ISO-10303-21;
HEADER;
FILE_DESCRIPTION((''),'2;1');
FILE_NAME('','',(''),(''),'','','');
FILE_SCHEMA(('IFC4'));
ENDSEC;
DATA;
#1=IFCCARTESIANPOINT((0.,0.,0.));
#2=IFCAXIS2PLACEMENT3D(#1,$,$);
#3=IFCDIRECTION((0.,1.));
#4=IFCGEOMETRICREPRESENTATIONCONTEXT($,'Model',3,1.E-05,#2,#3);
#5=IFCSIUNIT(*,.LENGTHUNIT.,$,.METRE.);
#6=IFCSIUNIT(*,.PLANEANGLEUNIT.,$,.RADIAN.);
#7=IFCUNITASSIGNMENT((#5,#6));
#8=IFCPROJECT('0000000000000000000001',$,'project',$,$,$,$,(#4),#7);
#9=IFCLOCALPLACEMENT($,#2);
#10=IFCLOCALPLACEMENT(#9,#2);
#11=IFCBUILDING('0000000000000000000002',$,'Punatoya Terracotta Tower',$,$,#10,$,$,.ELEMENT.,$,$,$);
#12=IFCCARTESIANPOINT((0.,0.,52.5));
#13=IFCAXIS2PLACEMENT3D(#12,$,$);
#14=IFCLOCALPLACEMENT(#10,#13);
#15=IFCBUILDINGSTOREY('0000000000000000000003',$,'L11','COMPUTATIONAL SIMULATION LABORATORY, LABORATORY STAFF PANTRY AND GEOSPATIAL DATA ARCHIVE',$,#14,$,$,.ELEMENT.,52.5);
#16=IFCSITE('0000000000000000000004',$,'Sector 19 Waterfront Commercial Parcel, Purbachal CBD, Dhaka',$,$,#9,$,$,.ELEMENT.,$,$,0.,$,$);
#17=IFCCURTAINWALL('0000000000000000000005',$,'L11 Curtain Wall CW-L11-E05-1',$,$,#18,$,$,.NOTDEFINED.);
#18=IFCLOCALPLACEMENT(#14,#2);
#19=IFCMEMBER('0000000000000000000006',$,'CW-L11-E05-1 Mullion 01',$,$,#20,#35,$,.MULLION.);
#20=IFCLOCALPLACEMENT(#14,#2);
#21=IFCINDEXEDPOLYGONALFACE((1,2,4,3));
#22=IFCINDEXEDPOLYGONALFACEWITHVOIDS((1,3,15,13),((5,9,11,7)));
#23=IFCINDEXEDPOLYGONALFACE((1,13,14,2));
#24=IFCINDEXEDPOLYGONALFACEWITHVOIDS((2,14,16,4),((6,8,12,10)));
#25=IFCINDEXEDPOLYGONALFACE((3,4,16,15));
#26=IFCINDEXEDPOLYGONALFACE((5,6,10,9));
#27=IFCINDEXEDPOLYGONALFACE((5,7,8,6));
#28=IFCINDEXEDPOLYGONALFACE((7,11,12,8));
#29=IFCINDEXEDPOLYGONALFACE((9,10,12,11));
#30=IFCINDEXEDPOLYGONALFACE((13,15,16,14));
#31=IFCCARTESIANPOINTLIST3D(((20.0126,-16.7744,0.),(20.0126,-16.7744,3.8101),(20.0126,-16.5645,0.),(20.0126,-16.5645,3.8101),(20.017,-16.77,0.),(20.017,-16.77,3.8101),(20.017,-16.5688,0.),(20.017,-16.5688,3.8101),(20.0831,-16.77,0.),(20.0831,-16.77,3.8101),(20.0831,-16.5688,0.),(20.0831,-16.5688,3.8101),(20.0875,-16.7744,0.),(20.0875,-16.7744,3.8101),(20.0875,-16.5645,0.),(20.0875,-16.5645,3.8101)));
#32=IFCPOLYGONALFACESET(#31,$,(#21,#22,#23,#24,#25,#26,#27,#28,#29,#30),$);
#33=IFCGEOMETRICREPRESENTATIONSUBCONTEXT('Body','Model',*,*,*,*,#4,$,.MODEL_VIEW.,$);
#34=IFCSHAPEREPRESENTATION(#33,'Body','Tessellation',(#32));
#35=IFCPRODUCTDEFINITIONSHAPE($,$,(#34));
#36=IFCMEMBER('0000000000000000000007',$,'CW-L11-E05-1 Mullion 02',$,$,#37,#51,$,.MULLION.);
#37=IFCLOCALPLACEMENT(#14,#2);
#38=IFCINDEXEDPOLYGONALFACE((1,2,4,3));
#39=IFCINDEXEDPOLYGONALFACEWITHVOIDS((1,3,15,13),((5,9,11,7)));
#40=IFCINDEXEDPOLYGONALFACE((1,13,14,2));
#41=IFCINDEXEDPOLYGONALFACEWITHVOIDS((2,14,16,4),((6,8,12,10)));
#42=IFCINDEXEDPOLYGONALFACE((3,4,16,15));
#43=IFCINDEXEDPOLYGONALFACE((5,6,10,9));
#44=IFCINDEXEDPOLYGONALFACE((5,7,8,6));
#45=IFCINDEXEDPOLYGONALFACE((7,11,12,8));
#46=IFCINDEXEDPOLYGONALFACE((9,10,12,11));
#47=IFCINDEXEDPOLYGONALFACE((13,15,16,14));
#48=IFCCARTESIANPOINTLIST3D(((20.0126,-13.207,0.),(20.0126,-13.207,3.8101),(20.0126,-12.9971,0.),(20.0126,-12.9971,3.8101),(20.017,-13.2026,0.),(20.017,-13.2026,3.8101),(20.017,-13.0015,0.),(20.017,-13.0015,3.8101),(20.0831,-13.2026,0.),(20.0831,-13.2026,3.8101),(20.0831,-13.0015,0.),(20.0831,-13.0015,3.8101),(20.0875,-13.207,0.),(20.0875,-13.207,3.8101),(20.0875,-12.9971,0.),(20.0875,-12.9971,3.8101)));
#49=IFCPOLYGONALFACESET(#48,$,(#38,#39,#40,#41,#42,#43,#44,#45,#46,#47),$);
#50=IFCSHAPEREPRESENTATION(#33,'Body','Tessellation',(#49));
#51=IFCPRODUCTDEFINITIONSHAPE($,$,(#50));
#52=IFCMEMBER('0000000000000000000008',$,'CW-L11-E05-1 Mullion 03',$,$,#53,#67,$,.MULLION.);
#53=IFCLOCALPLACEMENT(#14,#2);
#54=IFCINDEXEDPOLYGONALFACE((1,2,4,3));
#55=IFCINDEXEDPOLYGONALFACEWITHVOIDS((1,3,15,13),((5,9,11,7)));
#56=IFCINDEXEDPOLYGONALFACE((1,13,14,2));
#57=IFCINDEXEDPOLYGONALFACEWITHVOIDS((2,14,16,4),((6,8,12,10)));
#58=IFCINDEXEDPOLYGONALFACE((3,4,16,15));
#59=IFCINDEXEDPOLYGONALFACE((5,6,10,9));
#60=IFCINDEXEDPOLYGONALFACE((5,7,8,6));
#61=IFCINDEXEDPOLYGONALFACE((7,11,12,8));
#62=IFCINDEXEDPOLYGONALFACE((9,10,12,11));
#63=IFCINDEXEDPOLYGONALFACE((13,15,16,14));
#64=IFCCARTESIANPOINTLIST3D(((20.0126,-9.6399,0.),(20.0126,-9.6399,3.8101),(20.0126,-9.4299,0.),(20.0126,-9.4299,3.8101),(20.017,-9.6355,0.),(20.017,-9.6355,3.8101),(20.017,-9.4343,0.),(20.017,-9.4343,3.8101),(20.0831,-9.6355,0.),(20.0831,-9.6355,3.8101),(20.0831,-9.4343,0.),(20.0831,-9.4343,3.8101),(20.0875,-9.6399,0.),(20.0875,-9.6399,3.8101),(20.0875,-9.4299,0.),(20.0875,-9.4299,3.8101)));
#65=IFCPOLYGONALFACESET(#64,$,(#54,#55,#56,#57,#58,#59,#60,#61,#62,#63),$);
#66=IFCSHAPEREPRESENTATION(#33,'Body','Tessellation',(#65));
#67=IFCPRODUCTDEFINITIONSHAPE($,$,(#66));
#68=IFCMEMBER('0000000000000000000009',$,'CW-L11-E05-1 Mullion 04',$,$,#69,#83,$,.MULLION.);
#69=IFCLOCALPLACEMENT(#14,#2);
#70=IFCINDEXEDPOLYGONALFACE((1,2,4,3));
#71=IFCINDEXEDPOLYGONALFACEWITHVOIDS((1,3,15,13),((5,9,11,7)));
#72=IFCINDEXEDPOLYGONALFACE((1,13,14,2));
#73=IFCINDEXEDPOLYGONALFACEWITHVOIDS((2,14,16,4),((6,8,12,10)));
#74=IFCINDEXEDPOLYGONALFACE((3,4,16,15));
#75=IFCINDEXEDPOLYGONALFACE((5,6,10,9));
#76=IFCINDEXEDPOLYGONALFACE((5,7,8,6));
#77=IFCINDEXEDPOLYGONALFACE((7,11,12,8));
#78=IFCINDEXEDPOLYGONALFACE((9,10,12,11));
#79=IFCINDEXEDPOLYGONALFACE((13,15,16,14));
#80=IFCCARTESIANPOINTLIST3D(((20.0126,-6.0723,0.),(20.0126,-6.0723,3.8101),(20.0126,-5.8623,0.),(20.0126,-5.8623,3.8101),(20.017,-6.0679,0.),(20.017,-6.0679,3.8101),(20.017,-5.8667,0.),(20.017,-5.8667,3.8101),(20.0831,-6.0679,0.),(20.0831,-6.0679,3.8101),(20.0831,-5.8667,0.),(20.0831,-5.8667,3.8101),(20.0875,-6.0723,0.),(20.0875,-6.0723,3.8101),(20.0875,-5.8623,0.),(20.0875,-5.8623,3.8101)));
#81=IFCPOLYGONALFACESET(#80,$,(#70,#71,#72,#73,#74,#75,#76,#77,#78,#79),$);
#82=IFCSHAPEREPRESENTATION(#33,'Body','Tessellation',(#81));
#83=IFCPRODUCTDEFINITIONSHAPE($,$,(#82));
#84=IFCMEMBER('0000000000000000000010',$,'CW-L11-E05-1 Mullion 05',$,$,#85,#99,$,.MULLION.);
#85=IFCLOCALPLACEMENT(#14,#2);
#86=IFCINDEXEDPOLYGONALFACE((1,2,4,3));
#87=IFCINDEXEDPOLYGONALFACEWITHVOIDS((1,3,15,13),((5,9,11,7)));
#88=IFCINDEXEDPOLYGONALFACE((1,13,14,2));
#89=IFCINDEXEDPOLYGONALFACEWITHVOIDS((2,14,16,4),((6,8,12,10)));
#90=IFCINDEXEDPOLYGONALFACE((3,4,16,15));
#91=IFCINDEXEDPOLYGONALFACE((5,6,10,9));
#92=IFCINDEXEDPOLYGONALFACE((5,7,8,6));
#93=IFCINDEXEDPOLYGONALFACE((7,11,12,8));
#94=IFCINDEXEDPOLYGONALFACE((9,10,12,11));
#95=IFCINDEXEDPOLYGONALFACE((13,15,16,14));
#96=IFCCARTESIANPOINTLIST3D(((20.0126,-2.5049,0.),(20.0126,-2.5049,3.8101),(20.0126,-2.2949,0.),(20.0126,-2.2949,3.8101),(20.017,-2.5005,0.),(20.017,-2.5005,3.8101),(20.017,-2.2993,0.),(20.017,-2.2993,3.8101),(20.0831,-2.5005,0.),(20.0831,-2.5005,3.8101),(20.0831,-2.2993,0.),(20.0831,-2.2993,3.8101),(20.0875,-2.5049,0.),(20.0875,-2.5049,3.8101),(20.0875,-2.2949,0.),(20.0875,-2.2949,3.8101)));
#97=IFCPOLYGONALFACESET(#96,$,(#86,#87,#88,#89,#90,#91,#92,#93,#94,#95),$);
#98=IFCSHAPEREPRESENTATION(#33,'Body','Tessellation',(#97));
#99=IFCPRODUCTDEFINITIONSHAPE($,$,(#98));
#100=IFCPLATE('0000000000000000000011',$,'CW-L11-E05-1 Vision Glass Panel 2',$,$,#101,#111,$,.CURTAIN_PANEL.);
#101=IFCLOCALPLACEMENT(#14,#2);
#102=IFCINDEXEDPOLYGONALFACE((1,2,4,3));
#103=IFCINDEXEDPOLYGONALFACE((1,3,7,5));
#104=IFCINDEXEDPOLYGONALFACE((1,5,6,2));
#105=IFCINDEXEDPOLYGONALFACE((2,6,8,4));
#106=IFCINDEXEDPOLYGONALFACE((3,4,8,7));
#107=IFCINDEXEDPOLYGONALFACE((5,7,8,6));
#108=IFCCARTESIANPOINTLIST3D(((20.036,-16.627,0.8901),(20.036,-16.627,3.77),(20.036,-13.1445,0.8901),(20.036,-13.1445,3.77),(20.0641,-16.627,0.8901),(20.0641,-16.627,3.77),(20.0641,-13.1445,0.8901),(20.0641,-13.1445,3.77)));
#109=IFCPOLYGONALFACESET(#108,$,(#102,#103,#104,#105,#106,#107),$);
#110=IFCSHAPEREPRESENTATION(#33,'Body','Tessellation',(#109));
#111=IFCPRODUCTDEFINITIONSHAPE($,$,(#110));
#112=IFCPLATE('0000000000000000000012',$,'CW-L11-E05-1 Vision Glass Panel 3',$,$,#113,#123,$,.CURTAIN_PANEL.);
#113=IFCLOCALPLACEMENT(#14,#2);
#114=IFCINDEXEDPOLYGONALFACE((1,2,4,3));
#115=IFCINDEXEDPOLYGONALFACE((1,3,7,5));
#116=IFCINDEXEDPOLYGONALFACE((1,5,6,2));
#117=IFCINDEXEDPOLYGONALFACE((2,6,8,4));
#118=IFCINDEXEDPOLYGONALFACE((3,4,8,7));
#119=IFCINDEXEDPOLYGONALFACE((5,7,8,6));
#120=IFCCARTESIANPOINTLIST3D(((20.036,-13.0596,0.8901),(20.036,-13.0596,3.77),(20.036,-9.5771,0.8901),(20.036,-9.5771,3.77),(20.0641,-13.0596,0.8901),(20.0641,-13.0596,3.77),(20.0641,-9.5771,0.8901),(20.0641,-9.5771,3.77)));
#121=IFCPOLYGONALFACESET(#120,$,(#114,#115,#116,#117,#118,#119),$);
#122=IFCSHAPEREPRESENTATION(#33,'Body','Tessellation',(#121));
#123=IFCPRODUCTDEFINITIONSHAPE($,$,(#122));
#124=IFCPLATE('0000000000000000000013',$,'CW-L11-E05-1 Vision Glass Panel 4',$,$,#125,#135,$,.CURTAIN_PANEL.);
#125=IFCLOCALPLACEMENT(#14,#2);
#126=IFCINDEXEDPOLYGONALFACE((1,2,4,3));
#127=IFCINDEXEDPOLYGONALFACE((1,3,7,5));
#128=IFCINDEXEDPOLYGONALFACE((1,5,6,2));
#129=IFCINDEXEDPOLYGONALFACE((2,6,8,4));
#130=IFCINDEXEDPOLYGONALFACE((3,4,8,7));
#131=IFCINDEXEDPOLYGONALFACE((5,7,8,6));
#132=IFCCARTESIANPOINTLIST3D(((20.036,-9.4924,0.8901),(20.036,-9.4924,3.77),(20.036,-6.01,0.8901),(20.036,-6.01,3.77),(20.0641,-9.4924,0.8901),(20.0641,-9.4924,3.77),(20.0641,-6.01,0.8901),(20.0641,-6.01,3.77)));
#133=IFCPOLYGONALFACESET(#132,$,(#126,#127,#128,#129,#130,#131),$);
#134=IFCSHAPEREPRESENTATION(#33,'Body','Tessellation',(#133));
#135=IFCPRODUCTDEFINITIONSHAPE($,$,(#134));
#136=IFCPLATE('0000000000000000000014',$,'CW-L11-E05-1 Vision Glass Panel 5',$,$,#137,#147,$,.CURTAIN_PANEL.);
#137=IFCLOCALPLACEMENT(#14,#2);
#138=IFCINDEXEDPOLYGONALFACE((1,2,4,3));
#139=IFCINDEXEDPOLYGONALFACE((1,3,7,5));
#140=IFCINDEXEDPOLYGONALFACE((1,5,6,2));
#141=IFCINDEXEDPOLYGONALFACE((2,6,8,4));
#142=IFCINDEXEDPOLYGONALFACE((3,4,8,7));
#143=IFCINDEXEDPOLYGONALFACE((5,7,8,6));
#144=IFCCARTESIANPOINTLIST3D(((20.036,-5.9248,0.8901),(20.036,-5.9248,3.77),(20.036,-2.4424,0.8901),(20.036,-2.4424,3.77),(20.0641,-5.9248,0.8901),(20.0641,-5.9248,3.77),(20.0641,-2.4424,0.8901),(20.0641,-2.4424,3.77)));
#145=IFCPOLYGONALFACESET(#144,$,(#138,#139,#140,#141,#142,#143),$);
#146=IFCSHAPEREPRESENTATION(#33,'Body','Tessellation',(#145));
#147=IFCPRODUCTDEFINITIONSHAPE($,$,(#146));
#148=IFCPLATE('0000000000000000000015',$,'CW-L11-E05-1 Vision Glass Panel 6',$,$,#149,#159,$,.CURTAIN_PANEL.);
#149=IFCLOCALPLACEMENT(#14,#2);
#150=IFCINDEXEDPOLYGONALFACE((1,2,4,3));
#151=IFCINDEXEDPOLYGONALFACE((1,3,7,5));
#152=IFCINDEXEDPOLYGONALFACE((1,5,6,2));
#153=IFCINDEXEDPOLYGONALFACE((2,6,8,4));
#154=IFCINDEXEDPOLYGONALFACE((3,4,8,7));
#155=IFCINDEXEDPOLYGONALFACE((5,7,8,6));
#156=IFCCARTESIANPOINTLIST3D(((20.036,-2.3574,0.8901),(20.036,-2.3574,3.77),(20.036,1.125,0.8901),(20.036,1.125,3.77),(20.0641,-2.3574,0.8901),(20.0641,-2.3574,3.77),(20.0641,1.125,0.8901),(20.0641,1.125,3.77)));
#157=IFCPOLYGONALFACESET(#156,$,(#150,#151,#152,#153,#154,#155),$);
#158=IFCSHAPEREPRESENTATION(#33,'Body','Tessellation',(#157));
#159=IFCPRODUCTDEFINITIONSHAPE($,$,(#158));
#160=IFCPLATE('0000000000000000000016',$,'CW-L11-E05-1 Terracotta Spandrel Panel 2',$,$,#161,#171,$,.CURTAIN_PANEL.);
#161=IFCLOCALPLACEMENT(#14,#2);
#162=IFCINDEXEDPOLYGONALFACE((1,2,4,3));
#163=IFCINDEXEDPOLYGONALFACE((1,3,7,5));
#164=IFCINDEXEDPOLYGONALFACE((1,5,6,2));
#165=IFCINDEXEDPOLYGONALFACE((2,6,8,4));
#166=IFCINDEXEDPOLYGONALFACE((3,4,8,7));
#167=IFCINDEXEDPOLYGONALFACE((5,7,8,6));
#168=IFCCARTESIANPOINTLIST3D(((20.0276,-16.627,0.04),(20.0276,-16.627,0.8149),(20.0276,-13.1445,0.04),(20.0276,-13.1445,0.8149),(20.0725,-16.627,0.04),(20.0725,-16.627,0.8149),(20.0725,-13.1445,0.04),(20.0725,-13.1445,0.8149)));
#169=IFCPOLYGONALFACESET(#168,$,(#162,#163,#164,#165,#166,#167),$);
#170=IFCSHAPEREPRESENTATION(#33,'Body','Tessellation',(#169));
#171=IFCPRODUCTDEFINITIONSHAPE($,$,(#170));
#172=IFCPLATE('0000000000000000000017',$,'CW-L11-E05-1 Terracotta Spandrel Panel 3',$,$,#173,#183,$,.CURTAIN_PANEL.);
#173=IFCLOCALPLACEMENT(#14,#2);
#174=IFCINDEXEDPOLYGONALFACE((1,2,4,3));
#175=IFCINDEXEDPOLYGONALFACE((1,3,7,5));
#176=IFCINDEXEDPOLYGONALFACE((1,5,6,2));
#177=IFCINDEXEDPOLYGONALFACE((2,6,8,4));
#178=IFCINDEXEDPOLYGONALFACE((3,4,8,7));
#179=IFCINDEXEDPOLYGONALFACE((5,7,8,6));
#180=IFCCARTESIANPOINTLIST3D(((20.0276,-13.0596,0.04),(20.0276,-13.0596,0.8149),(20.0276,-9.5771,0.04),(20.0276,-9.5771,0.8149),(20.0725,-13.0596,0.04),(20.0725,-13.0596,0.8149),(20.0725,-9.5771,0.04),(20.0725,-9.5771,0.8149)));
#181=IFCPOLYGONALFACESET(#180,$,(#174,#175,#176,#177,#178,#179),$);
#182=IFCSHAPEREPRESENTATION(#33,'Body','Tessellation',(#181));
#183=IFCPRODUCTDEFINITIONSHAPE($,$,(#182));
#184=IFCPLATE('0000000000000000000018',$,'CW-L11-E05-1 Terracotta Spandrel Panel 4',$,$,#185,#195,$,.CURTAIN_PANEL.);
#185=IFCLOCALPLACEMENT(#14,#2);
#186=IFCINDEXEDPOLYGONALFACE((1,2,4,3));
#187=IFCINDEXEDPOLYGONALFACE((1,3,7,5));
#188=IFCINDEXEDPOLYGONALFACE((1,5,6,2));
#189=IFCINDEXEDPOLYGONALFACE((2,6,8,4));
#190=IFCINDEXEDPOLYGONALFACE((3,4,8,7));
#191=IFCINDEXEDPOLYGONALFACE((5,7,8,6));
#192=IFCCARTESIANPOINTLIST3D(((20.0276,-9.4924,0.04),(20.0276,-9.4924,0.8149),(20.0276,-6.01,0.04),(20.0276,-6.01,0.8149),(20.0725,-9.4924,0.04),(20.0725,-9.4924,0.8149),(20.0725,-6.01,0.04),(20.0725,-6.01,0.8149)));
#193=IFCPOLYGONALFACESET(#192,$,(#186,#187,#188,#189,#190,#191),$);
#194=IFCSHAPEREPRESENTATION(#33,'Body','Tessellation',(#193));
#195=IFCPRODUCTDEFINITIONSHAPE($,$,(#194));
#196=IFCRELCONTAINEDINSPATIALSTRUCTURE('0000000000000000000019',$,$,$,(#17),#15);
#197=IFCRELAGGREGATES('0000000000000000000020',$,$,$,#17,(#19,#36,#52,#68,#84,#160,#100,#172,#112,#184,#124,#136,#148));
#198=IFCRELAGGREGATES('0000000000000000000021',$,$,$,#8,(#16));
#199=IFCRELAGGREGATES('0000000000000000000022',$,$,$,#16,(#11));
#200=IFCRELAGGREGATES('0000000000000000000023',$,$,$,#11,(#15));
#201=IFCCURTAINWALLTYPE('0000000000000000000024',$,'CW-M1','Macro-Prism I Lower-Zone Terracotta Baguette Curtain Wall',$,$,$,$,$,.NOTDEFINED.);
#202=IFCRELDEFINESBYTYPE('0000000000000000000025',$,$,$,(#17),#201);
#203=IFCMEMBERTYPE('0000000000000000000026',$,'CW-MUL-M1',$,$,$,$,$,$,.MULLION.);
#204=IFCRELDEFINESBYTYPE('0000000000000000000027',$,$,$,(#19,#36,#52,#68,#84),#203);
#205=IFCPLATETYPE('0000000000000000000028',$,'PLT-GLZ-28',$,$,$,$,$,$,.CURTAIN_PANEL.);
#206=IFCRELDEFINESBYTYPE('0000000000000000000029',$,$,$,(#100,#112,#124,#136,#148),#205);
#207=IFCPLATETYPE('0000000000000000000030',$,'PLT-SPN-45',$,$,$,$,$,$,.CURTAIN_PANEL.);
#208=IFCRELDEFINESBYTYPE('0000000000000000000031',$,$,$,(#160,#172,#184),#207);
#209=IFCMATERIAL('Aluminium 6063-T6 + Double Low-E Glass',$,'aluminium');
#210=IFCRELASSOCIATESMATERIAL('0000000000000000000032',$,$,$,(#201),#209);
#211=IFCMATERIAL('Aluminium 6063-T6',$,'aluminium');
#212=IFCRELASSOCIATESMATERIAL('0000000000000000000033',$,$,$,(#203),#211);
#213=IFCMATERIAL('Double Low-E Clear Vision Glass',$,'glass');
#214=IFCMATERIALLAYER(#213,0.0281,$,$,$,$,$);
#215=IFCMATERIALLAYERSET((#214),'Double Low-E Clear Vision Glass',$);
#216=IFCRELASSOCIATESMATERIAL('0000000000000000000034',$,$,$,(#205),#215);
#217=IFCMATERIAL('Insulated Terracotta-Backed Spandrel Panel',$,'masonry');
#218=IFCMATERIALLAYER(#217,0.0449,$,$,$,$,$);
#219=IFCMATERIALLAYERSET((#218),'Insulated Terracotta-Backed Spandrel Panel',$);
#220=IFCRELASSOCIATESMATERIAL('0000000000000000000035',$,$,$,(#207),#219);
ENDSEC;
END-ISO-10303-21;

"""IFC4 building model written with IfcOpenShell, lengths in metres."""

from ifc_helpers import new_model, si_unit, direction, frame, origin, origin_2d, place, context, subcontext, project, spatial, rectangle, hollow_rectangle, extrude, material, layer, layer_set, material_profile, profile_set, type_object, element, aggregate, save


model = new_model("IFC4")

# Units and contexts
model_context = context("Model", 3, precision=1e-05, world=origin(), true_north=direction((0.0, 1.0)))
body_context = subcontext(model_context, "Body", "Model", "MODEL_VIEW")
ifc_project = project(units=[si_unit("LENGTHUNIT", "METRE"), si_unit("PLANEANGLEUNIT", "RADIAN")], contexts=[model_context])

# Site, building, storey
site_placement = place(None, origin())
site = spatial("IfcSite", under=ifc_project, at=site_placement, Name="Sector 19 Waterfront Commercial Parcel, Purbachal CBD, Dhaka", CompositionType="ELEMENT", RefElevation=0.0)
building_placement = place(site_placement, origin())
building = spatial("IfcBuilding", under=site, at=building_placement, Name="Punatoya Terracotta Tower", CompositionType="ELEMENT")
storey_placement = place(building_placement, frame((0.0, 0.0, 52.5)))
storey = spatial("IfcBuildingStorey", under=building, at=storey_placement, Name="L11", Description="COMPUTATIONAL SIMULATION LABORATORY, LABORATORY STAFF PANTRY AND GEOSPATIAL DATA ARCHIVE", CompositionType="ELEMENT", Elevation=52.5)

# Curtain wall, members, plates
ifc_material_1 = material(Name="Aluminium 6063-T6 + Double Low-E Glass", Category="aluminium")
curtain_wall_type = type_object("IfcCurtainWallType", Name="CW-M1", Description="Macro-Prism I Lower-Zone Terracotta Baguette Curtain Wall", PredefinedType="NOTDEFINED", material=ifc_material_1)
curtain_wall_placement = place(storey_placement, origin())
curtain_wall = element("IfcCurtainWall", 1, at=curtain_wall_placement, inside=storey, type_object=curtain_wall_type, Name="L11 Curtain Wall CW-L11-E05-1", PredefinedType="NOTDEFINED")
ifc_material_2 = material(Name="Aluminium 6063-T6", Category="aluminium")
ifc_material_profile_1 = material_profile(ifc_material_2, hollow_rectangle(XDim=0.075, YDim=0.21, WallThickness=0.0044, at=origin_2d()))
ifc_profile_set_1 = profile_set([ifc_material_profile_1], Name="Aluminium 6063-T6")
member_type = type_object("IfcMemberType", Name="CW-MUL-M1", PredefinedType="MULLION", material=ifc_profile_set_1)
member_1_placement = place(storey_placement, frame((20.05, -16.6694, 0.0), z_axis=(0.0, 0.0, 1.0), x_axis=(1.0, 0.0, 0.0)))
member_1 = element("IfcMember", 2, at=member_1_placement, type_object=member_type, Name="CW-L11-E05-1 Mullion 01", PredefinedType="MULLION", context=body_context, shape_type="SweptSolid", body=[
    extrude(hollow_rectangle(XDim=0.075, YDim=0.21, WallThickness=0.0044, at=origin_2d()), origin(), (0.0, 0.0, 1.0), 3.8101),
])
member_2_placement = place(storey_placement, frame((20.05, -13.1021, 0.0), z_axis=(0.0, 0.0, 1.0), x_axis=(1.0, 0.0, 0.0)))
member_2 = element("IfcMember", 3, at=member_2_placement, type_object=member_type, Name="CW-L11-E05-1 Mullion 02", PredefinedType="MULLION", context=body_context, shape_type="SweptSolid", body=[
    extrude(hollow_rectangle(XDim=0.075, YDim=0.21, WallThickness=0.0044, at=origin_2d()), origin(), (0.0, 0.0, 1.0), 3.8101),
])
member_3_placement = place(storey_placement, frame((20.05, -9.5349, 0.0), z_axis=(0.0, 0.0, 1.0), x_axis=(1.0, 0.0, 0.0)))
member_3 = element("IfcMember", 4, at=member_3_placement, type_object=member_type, Name="CW-L11-E05-1 Mullion 03", PredefinedType="MULLION", context=body_context, shape_type="SweptSolid", body=[
    extrude(hollow_rectangle(XDim=0.075, YDim=0.21, WallThickness=0.0044, at=origin_2d()), origin(), (0.0, 0.0, 1.0), 3.8101),
])
member_4_placement = place(storey_placement, frame((20.05, -5.9673, 0.0), z_axis=(0.0, 0.0, 1.0), x_axis=(1.0, 0.0, 0.0)))
member_4 = element("IfcMember", 5, at=member_4_placement, type_object=member_type, Name="CW-L11-E05-1 Mullion 04", PredefinedType="MULLION", context=body_context, shape_type="SweptSolid", body=[
    extrude(hollow_rectangle(XDim=0.075, YDim=0.21, WallThickness=0.0044, at=origin_2d()), origin(), (0.0, 0.0, 1.0), 3.8101),
])
member_5_placement = place(storey_placement, frame((20.05, -2.3999, 0.0), z_axis=(0.0, 0.0, 1.0), x_axis=(1.0, 0.0, 0.0)))
member_5 = element("IfcMember", 6, at=member_5_placement, type_object=member_type, Name="CW-L11-E05-1 Mullion 05", PredefinedType="MULLION", context=body_context, shape_type="SweptSolid", body=[
    extrude(hollow_rectangle(XDim=0.075, YDim=0.21, WallThickness=0.0044, at=origin_2d()), origin(), (0.0, 0.0, 1.0), 3.8101),
])
ifc_material_3 = material(Name="Double Low-E Clear Vision Glass", Category="glass")
ifc_layer_1 = layer(ifc_material_3, 0.0281)
ifc_layer_set_1 = layer_set([ifc_layer_1], Name="Double Low-E Clear Vision Glass")
plate_type_1 = type_object("IfcPlateType", Name="PLT-GLZ-28", PredefinedType="CURTAIN_PANEL", material=ifc_layer_set_1)
plate_1_placement = place(storey_placement, frame((20.05, -14.8857, 0.8901), z_axis=(0.0, 0.0, 1.0), x_axis=(0.0, 1.0, 0.0)))
plate_1 = element("IfcPlate", 7, at=plate_1_placement, type_object=plate_type_1, Name="CW-L11-E05-1 Vision Glass Panel 2", PredefinedType="CURTAIN_PANEL", context=body_context, shape_type="SweptSolid", body=[
    extrude(rectangle(XDim=3.4824, YDim=0.0281, at=origin_2d()), origin(), (0.0, 0.0, 1.0), 2.8799),
])
plate_2_placement = place(storey_placement, frame((20.05, -11.3184, 0.8901), z_axis=(0.0, 0.0, 1.0), x_axis=(0.0, 1.0, 0.0)))
plate_2 = element("IfcPlate", 8, at=plate_2_placement, type_object=plate_type_1, Name="CW-L11-E05-1 Vision Glass Panel 3", PredefinedType="CURTAIN_PANEL", context=body_context, shape_type="SweptSolid", body=[
    extrude(rectangle(XDim=3.4824, YDim=0.0281, at=origin_2d()), origin(), (0.0, 0.0, 1.0), 2.8799),
])
plate_3_placement = place(storey_placement, frame((20.05, -7.7512, 0.8901), z_axis=(0.0, 0.0, 1.0), x_axis=(0.0, 1.0, 0.0)))
plate_3 = element("IfcPlate", 9, at=plate_3_placement, type_object=plate_type_1, Name="CW-L11-E05-1 Vision Glass Panel 4", PredefinedType="CURTAIN_PANEL", context=body_context, shape_type="SweptSolid", body=[
    extrude(rectangle(XDim=3.4824, YDim=0.0281, at=origin_2d()), origin(), (0.0, 0.0, 1.0), 2.8799),
])
plate_4_placement = place(storey_placement, frame((20.05, -4.1836, 0.8901), z_axis=(0.0, 0.0, 1.0), x_axis=(0.0, 1.0, 0.0)))
plate_4 = element("IfcPlate", 10, at=plate_4_placement, type_object=plate_type_1, Name="CW-L11-E05-1 Vision Glass Panel 5", PredefinedType="CURTAIN_PANEL", context=body_context, shape_type="SweptSolid", body=[
    extrude(rectangle(XDim=3.4824, YDim=0.0281, at=origin_2d()), origin(), (0.0, 0.0, 1.0), 2.8799),
])
plate_5_placement = place(storey_placement, frame((20.05, -0.6162, 0.8901), z_axis=(0.0, 0.0, 1.0), x_axis=(0.0, 1.0, 0.0)))
plate_5 = element("IfcPlate", 11, at=plate_5_placement, type_object=plate_type_1, Name="CW-L11-E05-1 Vision Glass Panel 6", PredefinedType="CURTAIN_PANEL", context=body_context, shape_type="SweptSolid", body=[
    extrude(rectangle(XDim=3.4824, YDim=0.0281, at=origin_2d()), origin(), (0.0, 0.0, 1.0), 2.8799),
])
ifc_material_4 = material(Name="Insulated Terracotta-Backed Spandrel Panel", Category="masonry")
ifc_layer_2 = layer(ifc_material_4, 0.0449)
ifc_layer_set_2 = layer_set([ifc_layer_2], Name="Insulated Terracotta-Backed Spandrel Panel")
plate_type_2 = type_object("IfcPlateType", Name="PLT-SPN-45", PredefinedType="CURTAIN_PANEL", material=ifc_layer_set_2)
plate_6_placement = place(storey_placement, frame((20.05, -14.8857, 0.04), z_axis=(0.0, 0.0, 1.0), x_axis=(0.0, 1.0, 0.0)))
plate_6 = element("IfcPlate", 12, at=plate_6_placement, type_object=plate_type_2, Name="CW-L11-E05-1 Terracotta Spandrel Panel 2", PredefinedType="CURTAIN_PANEL", context=body_context, shape_type="SweptSolid", body=[
    extrude(rectangle(XDim=3.4824, YDim=0.0449, at=origin_2d()), origin(), (0.0, 0.0, 1.0), 0.7749),
])
plate_7_placement = place(storey_placement, frame((20.05, -11.3184, 0.04), z_axis=(0.0, 0.0, 1.0), x_axis=(0.0, 1.0, 0.0)))
plate_7 = element("IfcPlate", 13, at=plate_7_placement, type_object=plate_type_2, Name="CW-L11-E05-1 Terracotta Spandrel Panel 3", PredefinedType="CURTAIN_PANEL", context=body_context, shape_type="SweptSolid", body=[
    extrude(rectangle(XDim=3.4824, YDim=0.0449, at=origin_2d()), origin(), (0.0, 0.0, 1.0), 0.7749),
])
plate_8_placement = place(storey_placement, frame((20.05, -7.7512, 0.04), z_axis=(0.0, 0.0, 1.0), x_axis=(0.0, 1.0, 0.0)))
plate_8 = element("IfcPlate", 14, at=plate_8_placement, type_object=plate_type_2, Name="CW-L11-E05-1 Terracotta Spandrel Panel 4", PredefinedType="CURTAIN_PANEL", context=body_context, shape_type="SweptSolid", body=[
    extrude(rectangle(XDim=3.4824, YDim=0.0449, at=origin_2d()), origin(), (0.0, 0.0, 1.0), 0.7749),
])
aggregate(curtain_wall, [member_1, member_2, member_3, member_4, member_5, plate_6, plate_1, plate_7, plate_2, plate_8, plate_3, plate_4, plate_5])

save(model, "model.ifc")
